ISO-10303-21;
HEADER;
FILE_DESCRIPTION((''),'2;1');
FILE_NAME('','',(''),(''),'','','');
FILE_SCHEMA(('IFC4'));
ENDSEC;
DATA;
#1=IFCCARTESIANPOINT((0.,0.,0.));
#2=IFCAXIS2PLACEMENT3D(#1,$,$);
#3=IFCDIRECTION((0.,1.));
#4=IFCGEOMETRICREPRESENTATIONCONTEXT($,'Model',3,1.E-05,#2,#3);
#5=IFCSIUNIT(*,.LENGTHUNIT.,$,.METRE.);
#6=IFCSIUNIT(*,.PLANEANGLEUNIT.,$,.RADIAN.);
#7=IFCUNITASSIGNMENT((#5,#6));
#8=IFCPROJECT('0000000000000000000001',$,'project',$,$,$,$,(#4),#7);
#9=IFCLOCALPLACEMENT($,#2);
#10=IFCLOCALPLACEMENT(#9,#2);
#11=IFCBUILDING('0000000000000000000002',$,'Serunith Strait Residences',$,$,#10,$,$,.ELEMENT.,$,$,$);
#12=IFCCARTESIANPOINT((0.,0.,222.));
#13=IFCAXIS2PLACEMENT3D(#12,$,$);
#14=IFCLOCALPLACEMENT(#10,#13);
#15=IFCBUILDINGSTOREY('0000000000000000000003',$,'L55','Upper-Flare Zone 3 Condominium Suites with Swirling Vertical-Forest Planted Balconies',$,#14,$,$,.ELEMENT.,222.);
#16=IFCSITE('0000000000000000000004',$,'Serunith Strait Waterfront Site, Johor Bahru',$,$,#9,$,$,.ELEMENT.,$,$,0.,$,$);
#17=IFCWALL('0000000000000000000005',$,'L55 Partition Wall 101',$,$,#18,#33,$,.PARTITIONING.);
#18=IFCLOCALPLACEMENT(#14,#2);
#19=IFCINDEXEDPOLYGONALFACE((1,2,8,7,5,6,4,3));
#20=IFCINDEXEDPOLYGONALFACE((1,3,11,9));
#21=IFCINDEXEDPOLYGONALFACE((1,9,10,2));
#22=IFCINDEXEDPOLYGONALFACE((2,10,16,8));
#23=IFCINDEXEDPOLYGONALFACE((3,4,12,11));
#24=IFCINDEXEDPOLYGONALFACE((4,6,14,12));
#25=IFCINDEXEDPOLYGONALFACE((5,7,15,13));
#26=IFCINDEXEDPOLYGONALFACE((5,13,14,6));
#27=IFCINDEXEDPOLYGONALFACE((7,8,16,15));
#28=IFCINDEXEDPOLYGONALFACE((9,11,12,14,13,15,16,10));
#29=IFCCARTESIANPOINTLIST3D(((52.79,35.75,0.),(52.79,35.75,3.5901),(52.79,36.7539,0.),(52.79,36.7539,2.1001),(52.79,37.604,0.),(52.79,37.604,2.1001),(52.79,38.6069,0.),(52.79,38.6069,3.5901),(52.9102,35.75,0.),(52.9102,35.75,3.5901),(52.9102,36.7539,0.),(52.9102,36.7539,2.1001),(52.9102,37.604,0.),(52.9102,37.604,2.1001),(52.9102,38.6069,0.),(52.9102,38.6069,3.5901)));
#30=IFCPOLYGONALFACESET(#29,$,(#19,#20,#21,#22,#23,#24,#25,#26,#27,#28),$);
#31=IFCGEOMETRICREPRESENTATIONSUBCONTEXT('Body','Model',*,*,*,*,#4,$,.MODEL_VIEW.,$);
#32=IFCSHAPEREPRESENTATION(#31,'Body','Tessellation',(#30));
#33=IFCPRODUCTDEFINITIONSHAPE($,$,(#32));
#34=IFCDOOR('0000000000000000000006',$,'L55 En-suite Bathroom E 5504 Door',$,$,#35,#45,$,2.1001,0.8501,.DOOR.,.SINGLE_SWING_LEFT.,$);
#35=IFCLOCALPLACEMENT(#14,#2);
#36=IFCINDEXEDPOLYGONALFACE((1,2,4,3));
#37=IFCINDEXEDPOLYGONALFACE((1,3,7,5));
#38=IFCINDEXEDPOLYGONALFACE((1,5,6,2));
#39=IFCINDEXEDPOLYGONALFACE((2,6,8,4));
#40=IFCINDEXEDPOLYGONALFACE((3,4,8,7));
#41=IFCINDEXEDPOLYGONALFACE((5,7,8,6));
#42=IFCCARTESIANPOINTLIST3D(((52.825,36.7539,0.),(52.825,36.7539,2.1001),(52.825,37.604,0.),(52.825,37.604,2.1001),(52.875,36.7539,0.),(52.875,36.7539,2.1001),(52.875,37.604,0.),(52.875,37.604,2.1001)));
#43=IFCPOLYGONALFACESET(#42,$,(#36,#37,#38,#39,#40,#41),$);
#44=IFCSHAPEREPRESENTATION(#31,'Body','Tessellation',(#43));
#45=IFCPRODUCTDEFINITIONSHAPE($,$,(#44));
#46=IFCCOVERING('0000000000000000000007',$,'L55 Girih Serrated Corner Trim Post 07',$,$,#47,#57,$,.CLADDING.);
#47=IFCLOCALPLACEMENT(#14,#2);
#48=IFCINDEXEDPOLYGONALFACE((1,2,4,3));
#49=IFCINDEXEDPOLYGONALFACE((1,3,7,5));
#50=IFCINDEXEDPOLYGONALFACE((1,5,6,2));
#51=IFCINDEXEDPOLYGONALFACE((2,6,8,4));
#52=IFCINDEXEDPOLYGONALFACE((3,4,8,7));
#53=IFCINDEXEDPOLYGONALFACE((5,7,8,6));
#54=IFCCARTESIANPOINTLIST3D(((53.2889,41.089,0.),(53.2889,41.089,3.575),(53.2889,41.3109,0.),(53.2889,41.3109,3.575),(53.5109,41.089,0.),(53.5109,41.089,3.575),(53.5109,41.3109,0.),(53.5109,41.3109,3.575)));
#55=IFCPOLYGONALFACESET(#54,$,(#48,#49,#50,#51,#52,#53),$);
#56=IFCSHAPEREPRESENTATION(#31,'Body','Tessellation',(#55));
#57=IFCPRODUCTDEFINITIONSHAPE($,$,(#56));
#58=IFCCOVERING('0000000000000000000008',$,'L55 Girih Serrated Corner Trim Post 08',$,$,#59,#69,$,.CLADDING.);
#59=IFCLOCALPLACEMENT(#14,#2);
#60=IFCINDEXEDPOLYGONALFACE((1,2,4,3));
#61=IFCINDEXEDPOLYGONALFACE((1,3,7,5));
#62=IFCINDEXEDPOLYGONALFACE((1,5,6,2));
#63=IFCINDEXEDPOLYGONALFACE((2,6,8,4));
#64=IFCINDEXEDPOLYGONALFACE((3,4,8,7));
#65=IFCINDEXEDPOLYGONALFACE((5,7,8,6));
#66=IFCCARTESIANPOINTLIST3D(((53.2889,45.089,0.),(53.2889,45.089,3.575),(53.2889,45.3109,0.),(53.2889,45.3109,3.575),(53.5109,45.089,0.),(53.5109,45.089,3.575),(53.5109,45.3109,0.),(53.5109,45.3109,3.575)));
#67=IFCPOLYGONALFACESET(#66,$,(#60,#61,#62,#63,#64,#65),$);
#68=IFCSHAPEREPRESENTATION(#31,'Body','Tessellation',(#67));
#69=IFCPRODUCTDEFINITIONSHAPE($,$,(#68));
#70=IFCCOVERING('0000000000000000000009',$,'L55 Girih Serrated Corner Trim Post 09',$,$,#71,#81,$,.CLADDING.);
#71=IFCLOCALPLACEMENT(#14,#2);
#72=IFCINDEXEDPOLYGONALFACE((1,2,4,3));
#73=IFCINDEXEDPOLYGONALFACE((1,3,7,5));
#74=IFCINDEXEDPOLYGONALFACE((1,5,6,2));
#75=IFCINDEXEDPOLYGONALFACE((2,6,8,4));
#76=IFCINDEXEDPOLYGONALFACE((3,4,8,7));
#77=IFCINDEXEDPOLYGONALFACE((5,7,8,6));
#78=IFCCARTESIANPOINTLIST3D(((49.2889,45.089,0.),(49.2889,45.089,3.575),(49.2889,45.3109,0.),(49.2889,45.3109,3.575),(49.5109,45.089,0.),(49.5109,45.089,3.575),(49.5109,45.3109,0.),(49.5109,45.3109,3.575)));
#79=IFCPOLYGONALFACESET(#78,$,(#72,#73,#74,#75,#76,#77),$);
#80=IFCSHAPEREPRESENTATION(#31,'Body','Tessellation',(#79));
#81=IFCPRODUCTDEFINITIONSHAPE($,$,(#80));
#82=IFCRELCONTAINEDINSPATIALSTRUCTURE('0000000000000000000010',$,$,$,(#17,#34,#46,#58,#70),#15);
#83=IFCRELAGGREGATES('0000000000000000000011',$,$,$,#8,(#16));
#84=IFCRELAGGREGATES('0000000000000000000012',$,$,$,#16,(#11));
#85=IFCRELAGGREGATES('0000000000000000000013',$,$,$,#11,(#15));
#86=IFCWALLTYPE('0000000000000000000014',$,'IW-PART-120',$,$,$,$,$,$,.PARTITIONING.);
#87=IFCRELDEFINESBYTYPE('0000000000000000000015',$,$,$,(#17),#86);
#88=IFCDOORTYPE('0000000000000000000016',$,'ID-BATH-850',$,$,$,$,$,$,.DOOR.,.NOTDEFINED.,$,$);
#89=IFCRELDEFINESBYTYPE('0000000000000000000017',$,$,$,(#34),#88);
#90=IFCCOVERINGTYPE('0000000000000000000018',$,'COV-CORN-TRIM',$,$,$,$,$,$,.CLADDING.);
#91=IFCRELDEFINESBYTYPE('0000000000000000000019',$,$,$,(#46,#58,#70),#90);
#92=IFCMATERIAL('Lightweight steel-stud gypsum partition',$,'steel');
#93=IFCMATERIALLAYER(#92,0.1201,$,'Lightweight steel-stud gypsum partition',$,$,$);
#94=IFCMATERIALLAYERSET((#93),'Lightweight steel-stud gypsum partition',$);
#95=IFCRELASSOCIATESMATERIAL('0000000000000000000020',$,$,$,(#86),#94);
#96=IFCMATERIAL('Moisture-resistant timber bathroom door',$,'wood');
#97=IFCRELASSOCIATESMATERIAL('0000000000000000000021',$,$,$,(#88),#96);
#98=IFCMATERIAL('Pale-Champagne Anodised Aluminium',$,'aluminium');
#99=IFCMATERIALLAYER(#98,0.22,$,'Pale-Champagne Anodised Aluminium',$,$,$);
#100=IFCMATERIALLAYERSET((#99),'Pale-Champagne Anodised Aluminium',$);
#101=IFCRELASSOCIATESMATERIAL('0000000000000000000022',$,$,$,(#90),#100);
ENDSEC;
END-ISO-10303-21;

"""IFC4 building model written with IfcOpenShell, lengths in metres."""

from ifc_helpers import new_model, si_unit, direction, frame, frame_2d, origin, origin_2d, place, context, subcontext, project, spatial, rectangle, extrude, source, transform, mapped, material, layer, layer_set, type_object, element, fill, save


model = new_model("IFC4")

# Units and contexts
model_context = context("Model", 3, precision=1e-05, world=origin(), true_north=direction((0.0, 1.0)))
body_context = subcontext(model_context, "Body", "Model", "MODEL_VIEW")
ifc_project = project(units=[si_unit("LENGTHUNIT", "METRE"), si_unit("PLANEANGLEUNIT", "RADIAN")], contexts=[model_context])

# Site, building, storey
site_placement = place(None, origin())
site = spatial("IfcSite", under=ifc_project, at=site_placement, Name="Serunith Strait Waterfront Site, Johor Bahru", CompositionType="ELEMENT", RefElevation=0.0)
building_placement = place(site_placement, origin())
building = spatial("IfcBuilding", under=site, at=building_placement, Name="Serunith Strait Residences", CompositionType="ELEMENT")
storey_placement = place(building_placement, frame((0.0, 0.0, 222.0)))
storey = spatial("IfcBuildingStorey", under=building, at=storey_placement, Name="L55", Description="Upper-Flare Zone 3 Condominium Suites with Swirling Vertical-Forest Planted Balconies", CompositionType="ELEMENT", Elevation=222.0)

# Shared definitions
ifc_material_1 = material(Name="Pale-Champagne Anodised Aluminium", Category="aluminium")

# Shared definitions
ifc_material_2 = material(Name="Lightweight steel-stud gypsum partition", Category="steel")
ifc_layer_1 = layer(ifc_material_2, 0.1201, Name="Lightweight steel-stud gypsum partition")
ifc_layer_set_1 = layer_set([ifc_layer_1], Name="Lightweight steel-stud gypsum partition")
wall_type_1 = type_object("IfcWallType", Name="IW-PART-120", PredefinedType="PARTITIONING", material=ifc_layer_set_1)

# Wall, opening, door
wall_1_placement = place(storey_placement, frame((52.8501, 38.6069, 0.0), z_axis=(0.0, 0.0, 1.0), x_axis=(0.0, -1.0, 0.0)))
wall_1 = element("IfcWall", 1, at=wall_1_placement, inside=storey, type_object=wall_type_1, Name="L55 Partition Wall 101", PredefinedType="PARTITIONING", context=body_context, shape_type="SweptSolid", body=[
    extrude(rectangle(XDim=2.8569, YDim=0.1201, at=frame_2d((1.4285, 0.0))), origin(), (0.0, 0.0, 1.0), 3.5901),
])
opening_1_placement = place(wall_1_placement, frame((1.0029, 0.0, 0.0)))
opening_1 = element("IfcOpeningElement", 2, at=opening_1_placement, cuts=wall_1, PredefinedType="OPENING", context=body_context, shape_type="SweptSolid", body=[
    extrude(rectangle(XDim=0.8501, YDim=2.1001, at=frame_2d((0.425, 1.05))), frame((0.0, 0.0701, 0.0), z_axis=(0.0, -1.0, 0.0), x_axis=(1.0, 0.0, 0.0)), (0.0, 0.0, 1.0), 0.1401),
])
ifc_material_3 = material(Name="Moisture-resistant timber bathroom door", Category="wood")
door_type = type_object("IfcDoorType", Name="ID-BATH-850", OperationType="NOTDEFINED", PredefinedType="DOOR", material=ifc_material_3)
shared_shape_1 = source(origin(), body_context, "Body", "SweptSolid", [
    extrude(rectangle(XDim=0.8501, YDim=2.1001, at=frame_2d((0.425, 1.05))), frame((0.0, 0.0249, 0.0), z_axis=(0.0, -1.0, 0.0), x_axis=(1.0, 0.0, 0.0)), (0.0, 0.0, 1.0), 0.05),
])
door_placement = place(opening_1_placement, origin())
door = element("IfcDoor", 3, at=door_placement, inside=storey, type_object=door_type, Name="L55 En-suite Bathroom E 5504 Door", OperationType="SINGLE_SWING_LEFT", OverallHeight=2.1001, OverallWidth=0.8501, PredefinedType="DOOR", context=body_context, shape_type="MappedRepresentation", body=[
    mapped(shared_shape_1, transform((0.0, 0.0, 0.0), scale=1.0)),
])
fill(opening_1, door)

# Coverings
ifc_layer_2 = layer(ifc_material_1, 0.22, Name="Pale-Champagne Anodised Aluminium")
ifc_layer_set_2 = layer_set([ifc_layer_2], Name="Pale-Champagne Anodised Aluminium")
covering_type = type_object("IfcCoveringType", Name="COV-CORN-TRIM", PredefinedType="CLADDING", material=ifc_layer_set_2)
shared_shape_2 = source(origin(), body_context, "Body", "SweptSolid", [
    extrude(rectangle(XDim=0.2219, YDim=0.2219, at=origin_2d()), origin(), (0.0, 0.0, 1.0), 3.575),
])
for number, where, z_axis, x_axis, name in (
    (4, (53.3999, 41.2, 0.0), (0.0, 0.0, 1.0), (1.0, 0.0, 0.0), "L55 Girih Serrated Corner Trim Post 07"),
    (5, (53.3999, 45.2, 0.0), (0.0, 0.0, 1.0), (1.0, 0.0, 0.0), "L55 Girih Serrated Corner Trim Post 08"),
    (6, (49.3999, 45.2, 0.0), (0.0, 0.0, 1.0), (1.0, 0.0, 0.0), "L55 Girih Serrated Corner Trim Post 09"),
):
    element("IfcCovering", number, at=place(storey_placement, frame(where, z_axis=z_axis, x_axis=x_axis)), inside=storey, type_object=covering_type, Name=name, PredefinedType="CLADDING", context=body_context, shape_type="MappedRepresentation", body=[
        mapped(shared_shape_2, transform((0.0, 0.0, 0.0), scale=1.0)),
    ])

save(model, "model.ifc")
